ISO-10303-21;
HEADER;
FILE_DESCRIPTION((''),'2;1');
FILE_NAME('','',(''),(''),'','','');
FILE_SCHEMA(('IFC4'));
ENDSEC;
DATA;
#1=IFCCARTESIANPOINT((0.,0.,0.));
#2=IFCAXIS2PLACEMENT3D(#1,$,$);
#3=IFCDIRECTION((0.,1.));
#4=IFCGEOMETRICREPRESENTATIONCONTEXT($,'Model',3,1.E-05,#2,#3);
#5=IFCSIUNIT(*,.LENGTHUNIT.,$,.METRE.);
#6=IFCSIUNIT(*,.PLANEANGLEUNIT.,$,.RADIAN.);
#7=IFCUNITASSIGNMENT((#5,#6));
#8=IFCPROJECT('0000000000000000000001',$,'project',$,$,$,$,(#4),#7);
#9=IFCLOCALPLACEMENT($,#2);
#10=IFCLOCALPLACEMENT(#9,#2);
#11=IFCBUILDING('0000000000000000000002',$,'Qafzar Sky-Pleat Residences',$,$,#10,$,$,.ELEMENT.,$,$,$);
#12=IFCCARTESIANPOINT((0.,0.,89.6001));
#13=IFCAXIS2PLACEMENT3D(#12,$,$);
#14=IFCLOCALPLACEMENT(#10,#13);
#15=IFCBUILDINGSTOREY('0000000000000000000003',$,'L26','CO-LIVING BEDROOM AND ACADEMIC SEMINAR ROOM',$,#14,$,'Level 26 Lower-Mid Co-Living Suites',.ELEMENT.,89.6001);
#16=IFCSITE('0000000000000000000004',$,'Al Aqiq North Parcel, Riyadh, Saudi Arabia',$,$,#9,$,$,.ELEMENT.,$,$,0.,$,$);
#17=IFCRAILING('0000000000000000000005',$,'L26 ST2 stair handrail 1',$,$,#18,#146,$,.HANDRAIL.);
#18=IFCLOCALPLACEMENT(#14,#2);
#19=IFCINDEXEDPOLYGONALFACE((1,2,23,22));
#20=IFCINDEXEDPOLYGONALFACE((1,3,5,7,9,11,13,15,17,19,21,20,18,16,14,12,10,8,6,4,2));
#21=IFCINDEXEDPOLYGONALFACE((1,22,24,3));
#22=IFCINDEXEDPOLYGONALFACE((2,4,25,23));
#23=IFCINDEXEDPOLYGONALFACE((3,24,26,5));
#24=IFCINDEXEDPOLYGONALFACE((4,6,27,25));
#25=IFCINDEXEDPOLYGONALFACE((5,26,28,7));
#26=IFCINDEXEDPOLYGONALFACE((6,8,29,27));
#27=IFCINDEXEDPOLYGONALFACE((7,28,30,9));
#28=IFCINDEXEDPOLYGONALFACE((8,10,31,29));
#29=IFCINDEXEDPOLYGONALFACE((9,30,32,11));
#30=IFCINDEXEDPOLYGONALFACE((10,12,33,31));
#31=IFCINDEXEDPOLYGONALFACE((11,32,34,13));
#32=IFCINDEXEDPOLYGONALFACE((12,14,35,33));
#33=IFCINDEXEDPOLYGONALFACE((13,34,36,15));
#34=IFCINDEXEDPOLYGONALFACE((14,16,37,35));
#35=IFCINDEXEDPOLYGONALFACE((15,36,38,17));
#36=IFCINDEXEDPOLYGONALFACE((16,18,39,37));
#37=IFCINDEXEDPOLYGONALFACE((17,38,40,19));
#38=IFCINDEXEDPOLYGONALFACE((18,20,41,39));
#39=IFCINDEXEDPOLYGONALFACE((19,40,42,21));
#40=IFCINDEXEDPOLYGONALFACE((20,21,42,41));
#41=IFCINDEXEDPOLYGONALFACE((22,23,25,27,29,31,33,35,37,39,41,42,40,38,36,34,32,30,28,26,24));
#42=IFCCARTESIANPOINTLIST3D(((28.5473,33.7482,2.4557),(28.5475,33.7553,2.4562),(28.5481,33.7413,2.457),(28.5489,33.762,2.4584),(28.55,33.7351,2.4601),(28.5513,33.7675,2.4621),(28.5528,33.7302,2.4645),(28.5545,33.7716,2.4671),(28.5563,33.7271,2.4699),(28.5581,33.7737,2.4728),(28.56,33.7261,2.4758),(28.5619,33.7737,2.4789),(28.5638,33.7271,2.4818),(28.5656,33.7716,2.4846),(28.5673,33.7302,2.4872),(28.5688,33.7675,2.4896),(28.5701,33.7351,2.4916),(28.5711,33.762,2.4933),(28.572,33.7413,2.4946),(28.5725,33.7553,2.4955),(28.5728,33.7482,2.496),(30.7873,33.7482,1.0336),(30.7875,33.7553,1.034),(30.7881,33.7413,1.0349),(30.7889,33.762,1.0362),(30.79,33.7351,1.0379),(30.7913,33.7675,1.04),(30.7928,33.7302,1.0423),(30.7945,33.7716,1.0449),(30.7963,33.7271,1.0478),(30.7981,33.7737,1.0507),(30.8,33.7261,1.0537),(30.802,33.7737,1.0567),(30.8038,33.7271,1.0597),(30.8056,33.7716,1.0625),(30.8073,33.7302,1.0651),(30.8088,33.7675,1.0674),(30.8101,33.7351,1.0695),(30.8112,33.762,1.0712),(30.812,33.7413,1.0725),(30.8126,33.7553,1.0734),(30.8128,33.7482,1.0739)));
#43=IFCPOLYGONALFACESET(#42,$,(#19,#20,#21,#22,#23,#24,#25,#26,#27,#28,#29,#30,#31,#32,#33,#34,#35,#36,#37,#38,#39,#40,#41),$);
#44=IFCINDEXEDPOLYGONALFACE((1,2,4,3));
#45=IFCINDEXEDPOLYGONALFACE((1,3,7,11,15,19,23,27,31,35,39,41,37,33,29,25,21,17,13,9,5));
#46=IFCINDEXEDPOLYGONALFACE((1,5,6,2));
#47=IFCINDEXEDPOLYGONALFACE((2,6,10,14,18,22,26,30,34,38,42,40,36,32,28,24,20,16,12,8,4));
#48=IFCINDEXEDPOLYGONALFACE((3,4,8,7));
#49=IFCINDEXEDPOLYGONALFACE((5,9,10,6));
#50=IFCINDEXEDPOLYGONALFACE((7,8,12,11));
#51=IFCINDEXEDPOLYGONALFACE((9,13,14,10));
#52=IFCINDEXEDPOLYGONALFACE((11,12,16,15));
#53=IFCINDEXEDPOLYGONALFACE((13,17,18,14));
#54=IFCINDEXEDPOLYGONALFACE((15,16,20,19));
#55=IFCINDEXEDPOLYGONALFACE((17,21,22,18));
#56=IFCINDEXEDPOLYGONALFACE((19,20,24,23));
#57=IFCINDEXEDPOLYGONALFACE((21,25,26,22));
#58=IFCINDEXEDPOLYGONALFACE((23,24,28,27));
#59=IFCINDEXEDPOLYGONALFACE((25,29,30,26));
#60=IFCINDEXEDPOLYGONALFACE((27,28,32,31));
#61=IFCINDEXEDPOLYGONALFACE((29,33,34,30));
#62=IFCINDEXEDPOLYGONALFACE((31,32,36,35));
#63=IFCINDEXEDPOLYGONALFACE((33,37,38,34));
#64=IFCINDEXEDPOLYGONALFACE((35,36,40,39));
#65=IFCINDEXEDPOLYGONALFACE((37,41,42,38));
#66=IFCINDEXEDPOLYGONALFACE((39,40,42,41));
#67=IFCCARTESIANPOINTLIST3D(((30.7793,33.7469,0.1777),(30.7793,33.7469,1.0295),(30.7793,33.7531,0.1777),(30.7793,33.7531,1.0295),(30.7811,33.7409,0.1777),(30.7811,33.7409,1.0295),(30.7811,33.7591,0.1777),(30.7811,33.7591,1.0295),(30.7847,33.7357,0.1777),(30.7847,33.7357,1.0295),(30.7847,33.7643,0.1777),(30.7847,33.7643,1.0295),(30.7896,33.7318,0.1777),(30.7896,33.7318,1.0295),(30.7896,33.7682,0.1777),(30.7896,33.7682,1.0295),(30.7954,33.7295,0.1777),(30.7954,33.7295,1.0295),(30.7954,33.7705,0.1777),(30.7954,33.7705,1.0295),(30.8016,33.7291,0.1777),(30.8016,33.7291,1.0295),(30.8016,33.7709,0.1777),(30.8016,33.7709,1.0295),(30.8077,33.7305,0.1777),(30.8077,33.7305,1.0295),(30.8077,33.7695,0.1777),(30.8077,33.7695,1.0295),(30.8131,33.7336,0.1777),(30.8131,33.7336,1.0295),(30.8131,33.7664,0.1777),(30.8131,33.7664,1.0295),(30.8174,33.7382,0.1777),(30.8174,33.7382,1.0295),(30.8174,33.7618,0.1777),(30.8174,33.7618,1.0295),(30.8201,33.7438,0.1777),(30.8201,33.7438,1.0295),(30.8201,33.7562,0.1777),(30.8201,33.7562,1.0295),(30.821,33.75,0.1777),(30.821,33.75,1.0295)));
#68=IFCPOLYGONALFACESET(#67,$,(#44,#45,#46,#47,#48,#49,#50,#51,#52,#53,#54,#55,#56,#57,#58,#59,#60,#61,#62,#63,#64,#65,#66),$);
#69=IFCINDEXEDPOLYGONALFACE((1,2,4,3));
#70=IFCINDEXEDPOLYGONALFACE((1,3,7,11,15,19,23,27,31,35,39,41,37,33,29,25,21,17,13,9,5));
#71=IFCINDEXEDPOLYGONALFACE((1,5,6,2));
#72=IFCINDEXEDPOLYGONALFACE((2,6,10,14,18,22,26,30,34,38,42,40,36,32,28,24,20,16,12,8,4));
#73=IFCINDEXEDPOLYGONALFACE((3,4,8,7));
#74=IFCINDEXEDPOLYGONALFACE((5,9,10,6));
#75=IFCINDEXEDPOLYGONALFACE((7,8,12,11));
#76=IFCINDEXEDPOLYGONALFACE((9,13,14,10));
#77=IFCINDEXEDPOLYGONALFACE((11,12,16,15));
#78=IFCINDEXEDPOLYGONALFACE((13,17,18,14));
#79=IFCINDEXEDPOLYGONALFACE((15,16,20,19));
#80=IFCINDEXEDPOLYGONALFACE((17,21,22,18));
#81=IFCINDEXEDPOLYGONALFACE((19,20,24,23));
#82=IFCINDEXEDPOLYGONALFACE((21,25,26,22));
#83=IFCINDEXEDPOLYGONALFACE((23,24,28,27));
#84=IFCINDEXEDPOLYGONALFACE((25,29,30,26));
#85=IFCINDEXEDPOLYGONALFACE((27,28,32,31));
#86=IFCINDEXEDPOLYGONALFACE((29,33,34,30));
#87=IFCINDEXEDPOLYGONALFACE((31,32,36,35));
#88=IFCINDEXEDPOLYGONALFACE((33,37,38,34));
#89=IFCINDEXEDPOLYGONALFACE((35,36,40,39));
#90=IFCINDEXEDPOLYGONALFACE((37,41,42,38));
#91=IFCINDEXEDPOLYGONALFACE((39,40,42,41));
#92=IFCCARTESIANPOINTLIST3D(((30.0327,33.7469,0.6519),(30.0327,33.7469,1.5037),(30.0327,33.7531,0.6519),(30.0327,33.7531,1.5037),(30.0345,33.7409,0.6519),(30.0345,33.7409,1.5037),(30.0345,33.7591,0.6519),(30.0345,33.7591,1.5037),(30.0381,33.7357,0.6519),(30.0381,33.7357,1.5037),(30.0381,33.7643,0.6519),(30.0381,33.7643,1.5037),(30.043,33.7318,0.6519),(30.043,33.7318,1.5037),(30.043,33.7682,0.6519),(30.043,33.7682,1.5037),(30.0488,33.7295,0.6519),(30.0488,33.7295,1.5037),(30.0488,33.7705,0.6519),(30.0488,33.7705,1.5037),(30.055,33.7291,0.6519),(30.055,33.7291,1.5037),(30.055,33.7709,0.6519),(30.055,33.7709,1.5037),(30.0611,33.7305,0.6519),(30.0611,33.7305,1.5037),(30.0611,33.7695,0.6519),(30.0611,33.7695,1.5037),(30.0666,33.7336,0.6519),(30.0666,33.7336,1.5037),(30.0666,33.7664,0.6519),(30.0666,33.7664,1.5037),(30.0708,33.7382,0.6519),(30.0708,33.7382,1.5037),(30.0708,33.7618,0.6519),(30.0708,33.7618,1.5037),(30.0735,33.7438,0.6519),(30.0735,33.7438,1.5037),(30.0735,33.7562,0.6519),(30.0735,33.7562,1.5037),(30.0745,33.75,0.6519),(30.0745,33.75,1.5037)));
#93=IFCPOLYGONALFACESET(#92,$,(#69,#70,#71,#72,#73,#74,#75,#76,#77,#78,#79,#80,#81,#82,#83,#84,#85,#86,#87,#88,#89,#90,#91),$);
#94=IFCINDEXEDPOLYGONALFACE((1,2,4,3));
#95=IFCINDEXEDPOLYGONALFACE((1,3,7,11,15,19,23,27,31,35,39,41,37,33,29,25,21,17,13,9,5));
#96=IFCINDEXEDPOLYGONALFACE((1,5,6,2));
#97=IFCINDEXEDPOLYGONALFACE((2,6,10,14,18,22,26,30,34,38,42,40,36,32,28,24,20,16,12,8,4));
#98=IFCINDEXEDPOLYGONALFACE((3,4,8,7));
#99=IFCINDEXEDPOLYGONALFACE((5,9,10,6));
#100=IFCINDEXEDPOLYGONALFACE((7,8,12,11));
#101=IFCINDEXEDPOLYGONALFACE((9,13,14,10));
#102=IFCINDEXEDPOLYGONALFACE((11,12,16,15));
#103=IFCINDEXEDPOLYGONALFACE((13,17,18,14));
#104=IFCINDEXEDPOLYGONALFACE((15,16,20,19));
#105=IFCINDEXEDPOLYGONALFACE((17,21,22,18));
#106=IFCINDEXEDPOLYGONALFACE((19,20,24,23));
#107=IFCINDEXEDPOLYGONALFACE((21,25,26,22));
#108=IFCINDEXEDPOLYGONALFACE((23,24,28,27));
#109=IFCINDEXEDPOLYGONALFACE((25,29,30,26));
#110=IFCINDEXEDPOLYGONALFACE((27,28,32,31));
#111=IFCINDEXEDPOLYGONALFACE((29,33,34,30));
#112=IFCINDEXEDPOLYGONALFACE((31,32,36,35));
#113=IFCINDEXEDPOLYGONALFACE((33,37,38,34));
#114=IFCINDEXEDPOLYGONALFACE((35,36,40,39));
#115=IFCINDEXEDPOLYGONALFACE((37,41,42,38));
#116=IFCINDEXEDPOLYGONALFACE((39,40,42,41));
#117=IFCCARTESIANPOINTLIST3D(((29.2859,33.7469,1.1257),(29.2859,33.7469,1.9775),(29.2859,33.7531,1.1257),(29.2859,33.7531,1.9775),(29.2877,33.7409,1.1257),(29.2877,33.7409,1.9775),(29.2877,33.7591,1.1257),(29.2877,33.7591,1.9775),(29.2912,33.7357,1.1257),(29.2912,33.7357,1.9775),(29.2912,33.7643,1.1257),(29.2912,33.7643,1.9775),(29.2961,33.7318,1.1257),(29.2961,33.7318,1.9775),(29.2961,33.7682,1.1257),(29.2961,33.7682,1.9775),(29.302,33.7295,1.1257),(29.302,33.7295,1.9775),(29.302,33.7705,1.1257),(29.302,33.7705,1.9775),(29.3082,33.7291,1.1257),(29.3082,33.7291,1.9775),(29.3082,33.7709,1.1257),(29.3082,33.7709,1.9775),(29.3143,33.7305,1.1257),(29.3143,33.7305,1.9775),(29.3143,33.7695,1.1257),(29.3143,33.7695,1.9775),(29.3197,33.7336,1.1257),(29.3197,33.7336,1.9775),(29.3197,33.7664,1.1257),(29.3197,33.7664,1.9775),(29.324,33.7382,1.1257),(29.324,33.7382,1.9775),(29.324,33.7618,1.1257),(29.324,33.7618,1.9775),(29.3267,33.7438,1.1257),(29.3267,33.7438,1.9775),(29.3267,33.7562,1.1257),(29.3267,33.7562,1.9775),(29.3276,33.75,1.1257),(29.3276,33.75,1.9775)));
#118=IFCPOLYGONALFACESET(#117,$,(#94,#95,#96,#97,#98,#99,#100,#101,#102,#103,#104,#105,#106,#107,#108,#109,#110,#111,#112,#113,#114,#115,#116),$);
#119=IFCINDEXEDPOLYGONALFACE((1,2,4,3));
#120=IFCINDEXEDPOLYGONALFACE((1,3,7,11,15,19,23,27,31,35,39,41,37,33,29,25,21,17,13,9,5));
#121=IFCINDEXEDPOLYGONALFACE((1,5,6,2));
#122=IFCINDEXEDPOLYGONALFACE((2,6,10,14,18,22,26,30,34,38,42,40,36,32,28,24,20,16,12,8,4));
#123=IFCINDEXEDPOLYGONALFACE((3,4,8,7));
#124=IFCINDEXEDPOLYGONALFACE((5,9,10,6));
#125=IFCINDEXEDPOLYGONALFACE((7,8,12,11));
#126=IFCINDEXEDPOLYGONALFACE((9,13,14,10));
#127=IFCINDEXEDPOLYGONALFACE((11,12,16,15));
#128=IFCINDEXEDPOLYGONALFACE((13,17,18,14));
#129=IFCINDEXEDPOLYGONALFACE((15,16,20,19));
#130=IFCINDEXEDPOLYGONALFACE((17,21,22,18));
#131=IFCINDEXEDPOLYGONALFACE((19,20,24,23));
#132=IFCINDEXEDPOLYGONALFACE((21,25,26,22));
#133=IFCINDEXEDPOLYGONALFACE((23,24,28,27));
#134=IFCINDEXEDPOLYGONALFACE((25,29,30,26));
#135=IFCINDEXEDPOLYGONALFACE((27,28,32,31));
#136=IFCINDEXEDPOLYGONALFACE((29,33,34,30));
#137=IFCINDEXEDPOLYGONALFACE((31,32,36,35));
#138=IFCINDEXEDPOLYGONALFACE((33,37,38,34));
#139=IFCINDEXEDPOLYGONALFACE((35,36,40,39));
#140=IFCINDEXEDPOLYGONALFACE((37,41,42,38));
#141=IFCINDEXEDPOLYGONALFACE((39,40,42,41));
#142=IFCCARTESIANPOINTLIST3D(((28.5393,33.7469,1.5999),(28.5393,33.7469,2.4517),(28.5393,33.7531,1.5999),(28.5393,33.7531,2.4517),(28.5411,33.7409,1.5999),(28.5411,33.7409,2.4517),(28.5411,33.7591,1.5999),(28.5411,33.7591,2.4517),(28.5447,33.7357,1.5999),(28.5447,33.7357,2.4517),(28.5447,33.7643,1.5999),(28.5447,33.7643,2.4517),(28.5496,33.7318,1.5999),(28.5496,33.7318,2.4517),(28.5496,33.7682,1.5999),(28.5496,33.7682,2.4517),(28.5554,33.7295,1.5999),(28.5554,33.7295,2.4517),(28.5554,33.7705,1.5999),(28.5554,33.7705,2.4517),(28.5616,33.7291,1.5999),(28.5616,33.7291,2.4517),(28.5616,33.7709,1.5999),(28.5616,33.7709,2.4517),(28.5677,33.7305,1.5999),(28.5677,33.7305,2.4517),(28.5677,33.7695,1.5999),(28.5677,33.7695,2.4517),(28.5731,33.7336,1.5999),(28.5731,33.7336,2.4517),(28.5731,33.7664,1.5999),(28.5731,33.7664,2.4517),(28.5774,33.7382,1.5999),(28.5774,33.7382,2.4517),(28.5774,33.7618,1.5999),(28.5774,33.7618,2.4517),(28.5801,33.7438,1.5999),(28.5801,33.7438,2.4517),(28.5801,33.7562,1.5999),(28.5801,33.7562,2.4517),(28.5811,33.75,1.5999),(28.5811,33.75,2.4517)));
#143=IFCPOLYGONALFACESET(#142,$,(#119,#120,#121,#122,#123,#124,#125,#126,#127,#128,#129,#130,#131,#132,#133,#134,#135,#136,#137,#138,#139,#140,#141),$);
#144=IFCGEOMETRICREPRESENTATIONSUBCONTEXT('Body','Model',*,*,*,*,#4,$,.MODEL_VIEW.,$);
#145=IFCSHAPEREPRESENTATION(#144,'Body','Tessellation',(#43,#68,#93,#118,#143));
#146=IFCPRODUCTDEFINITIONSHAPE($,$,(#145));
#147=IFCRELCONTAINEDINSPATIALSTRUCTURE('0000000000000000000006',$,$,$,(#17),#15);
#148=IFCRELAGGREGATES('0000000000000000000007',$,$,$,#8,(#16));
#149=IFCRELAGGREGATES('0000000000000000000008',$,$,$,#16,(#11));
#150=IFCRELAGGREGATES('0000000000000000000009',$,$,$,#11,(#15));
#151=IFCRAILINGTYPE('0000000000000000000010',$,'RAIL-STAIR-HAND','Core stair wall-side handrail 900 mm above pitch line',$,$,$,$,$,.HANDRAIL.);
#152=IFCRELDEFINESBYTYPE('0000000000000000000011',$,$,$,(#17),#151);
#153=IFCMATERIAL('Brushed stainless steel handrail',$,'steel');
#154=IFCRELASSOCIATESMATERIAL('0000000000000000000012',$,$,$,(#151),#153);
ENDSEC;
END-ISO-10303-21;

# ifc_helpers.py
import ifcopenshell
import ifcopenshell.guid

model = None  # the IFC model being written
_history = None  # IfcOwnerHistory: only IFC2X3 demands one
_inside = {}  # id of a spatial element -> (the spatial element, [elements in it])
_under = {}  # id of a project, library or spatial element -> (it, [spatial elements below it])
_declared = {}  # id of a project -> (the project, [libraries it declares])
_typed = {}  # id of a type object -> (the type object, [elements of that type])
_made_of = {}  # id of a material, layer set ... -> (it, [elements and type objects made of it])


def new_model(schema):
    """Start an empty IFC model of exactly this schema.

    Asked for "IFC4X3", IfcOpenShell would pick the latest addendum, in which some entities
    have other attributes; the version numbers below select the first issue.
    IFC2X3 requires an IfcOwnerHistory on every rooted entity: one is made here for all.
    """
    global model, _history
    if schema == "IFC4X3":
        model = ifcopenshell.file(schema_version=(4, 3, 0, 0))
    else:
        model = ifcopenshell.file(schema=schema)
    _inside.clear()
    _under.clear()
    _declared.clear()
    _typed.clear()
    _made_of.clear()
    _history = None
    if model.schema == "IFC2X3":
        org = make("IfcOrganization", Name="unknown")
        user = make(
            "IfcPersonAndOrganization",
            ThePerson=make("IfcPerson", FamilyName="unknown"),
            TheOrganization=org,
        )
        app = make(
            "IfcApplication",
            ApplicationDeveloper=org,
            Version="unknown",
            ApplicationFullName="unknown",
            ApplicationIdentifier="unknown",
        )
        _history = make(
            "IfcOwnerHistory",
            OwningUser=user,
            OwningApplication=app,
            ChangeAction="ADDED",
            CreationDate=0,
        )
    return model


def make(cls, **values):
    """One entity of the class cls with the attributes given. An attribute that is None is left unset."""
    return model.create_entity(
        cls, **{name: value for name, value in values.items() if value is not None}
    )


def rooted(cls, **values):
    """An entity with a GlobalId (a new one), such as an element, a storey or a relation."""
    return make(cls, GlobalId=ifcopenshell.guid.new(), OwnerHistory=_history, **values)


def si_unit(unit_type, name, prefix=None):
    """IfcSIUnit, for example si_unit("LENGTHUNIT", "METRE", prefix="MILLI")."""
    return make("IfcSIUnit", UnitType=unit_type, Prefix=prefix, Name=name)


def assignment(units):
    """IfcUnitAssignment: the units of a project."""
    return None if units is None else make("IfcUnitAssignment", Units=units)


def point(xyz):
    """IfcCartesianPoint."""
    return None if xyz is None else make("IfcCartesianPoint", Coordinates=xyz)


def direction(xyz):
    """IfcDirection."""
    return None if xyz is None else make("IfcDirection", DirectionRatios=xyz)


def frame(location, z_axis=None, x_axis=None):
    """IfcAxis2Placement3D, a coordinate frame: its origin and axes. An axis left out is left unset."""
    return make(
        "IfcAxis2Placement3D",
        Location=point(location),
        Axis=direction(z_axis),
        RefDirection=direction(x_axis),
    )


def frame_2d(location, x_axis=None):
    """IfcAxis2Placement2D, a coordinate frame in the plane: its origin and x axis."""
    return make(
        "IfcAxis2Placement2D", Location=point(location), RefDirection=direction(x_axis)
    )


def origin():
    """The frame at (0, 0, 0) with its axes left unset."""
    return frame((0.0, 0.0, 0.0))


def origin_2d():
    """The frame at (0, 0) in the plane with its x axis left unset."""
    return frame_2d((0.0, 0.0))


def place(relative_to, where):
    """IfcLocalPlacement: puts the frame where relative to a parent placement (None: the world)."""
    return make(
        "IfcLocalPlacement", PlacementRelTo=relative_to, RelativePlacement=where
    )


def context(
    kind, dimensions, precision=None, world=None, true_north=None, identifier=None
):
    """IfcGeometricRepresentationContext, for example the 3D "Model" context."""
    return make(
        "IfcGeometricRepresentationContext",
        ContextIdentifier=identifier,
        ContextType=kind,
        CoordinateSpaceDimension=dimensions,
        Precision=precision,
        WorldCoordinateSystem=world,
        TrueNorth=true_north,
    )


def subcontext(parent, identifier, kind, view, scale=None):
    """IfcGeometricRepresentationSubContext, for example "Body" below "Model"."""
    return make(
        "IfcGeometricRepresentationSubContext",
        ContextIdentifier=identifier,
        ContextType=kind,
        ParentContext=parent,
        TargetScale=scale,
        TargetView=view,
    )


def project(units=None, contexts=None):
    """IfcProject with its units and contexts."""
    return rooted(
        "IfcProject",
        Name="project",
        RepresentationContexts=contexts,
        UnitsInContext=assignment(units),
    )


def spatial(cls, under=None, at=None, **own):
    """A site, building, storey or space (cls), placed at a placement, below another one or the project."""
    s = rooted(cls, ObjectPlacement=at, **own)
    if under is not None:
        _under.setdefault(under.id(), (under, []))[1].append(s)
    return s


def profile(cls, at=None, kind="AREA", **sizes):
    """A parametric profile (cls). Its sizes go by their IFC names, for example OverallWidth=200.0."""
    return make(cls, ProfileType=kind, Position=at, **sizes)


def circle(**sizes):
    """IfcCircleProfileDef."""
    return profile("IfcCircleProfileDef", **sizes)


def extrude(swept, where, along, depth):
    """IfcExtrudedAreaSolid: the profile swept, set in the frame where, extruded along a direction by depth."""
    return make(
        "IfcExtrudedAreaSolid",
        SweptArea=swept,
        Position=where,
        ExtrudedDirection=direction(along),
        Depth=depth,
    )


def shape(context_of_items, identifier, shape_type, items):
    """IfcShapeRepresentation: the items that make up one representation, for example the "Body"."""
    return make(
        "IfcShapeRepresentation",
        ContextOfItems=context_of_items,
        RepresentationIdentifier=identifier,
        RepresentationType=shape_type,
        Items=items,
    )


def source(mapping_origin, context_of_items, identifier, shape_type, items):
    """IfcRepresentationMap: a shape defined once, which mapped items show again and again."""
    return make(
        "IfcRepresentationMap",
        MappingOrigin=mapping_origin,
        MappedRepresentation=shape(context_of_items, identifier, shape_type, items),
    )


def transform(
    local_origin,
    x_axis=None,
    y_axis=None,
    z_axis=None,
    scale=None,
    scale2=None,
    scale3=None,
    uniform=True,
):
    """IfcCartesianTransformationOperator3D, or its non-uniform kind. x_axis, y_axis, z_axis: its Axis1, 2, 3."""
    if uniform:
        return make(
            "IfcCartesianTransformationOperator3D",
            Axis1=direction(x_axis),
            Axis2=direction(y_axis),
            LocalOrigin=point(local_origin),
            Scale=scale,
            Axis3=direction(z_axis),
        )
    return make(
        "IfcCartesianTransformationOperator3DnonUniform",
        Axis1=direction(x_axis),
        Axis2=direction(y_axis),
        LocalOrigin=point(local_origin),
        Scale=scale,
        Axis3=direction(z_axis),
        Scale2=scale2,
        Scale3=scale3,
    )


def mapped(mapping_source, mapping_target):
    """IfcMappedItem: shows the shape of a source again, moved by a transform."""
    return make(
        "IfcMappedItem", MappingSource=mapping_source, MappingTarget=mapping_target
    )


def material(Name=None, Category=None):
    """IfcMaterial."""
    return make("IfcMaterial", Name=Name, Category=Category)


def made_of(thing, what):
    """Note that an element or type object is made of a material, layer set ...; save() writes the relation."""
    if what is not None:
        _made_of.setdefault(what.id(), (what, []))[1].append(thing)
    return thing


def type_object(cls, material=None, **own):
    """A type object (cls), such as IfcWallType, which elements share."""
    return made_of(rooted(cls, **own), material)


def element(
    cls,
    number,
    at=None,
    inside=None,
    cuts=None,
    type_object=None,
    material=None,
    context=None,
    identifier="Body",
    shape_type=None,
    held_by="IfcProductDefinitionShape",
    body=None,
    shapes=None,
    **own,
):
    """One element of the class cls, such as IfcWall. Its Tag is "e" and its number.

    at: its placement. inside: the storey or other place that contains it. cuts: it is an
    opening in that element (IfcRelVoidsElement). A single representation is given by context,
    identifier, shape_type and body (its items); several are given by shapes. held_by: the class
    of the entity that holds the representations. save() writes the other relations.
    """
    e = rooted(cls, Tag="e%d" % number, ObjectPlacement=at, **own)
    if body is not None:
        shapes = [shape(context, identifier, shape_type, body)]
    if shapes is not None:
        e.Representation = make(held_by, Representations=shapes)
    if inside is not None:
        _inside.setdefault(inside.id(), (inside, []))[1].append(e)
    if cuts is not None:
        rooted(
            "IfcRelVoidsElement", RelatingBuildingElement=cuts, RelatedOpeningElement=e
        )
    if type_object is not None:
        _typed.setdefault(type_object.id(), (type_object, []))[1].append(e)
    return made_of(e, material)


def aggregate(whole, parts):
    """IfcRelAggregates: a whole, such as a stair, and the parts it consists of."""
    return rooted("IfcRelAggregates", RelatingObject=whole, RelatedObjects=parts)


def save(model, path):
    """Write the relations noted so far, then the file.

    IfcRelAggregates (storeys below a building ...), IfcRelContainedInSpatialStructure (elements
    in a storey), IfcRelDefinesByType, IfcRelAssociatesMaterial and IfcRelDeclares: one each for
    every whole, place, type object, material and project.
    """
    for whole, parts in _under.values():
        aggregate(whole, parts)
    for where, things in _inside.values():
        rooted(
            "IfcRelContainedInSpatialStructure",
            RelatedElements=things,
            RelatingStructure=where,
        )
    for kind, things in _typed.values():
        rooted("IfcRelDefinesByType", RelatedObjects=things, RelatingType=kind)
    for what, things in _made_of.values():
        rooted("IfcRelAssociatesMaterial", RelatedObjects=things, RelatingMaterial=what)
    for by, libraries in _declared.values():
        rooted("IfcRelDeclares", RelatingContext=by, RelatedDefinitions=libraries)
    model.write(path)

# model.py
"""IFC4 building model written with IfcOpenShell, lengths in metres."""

from ifc_helpers import new_model, si_unit, direction, frame, origin, origin_2d, place, context, subcontext, project, spatial, circle, extrude, source, transform, mapped, material, type_object, element, save


model = new_model("IFC4")

# Units and contexts
model_context = context("Model", 3, precision=1e-05, world=origin(), true_north=direction((0.0, 1.0)))
body_context = subcontext(model_context, "Body", "Model", "MODEL_VIEW")
ifc_project = project(units=[si_unit("LENGTHUNIT", "METRE"), si_unit("PLANEANGLEUNIT", "RADIAN")], contexts=[model_context])

# Site, building, storey
site_placement = place(None, origin())
site = spatial("IfcSite", under=ifc_project, at=site_placement, Name="Al Aqiq North Parcel, Riyadh, Saudi Arabia", CompositionType="ELEMENT", RefElevation=0.0)
building_placement = place(site_placement, origin())
building = spatial("IfcBuilding", under=site, at=building_placement, Name="Qafzar Sky-Pleat Residences", CompositionType="ELEMENT")
storey_placement = place(building_placement, frame((0.0, 0.0, 89.6001)))
storey = spatial("IfcBuildingStorey", under=building, at=storey_placement, Name="L26", Description="CO-LIVING BEDROOM AND ACADEMIC SEMINAR ROOM", LongName="Level 26 Lower-Mid Co-Living Suites", CompositionType="ELEMENT", Elevation=89.6001)

# Railing
ifc_material_1 = material(Name="Brushed stainless steel handrail", Category="steel")
railing_type_1 = type_object("IfcRailingType", Name="RAIL-STAIR-HAND", Description="Core stair wall-side handrail 900 mm above pitch line", PredefinedType="HANDRAIL", material=ifc_material_1)
shared_shape_1 = source(origin(), body_context, "Body", "SweptSolid", [
    extrude(circle(Radius=0.0239, at=origin_2d()), frame((0.0, 0.0, 0.876), z_axis=(-0.844229, 0.0, 0.535982), x_axis=(0.0, -1.0, 0.0)), (0.0, 0.0, 1.0), 2.6533),
    extrude(circle(Radius=0.021, at=origin_2d()), origin(), (0.0, 0.0, 1.0), 0.8518),
    extrude(circle(Radius=0.021, at=origin_2d()), frame((-0.7466, 0.0, 0.4741)), (0.0, 0.0, 1.0), 0.8518),
    extrude(circle(Radius=0.021, at=origin_2d()), frame((-1.4934, 0.0, 0.948)), (0.0, 0.0, 1.0), 0.8518),
    extrude(circle(Radius=0.021, at=origin_2d()), frame((-2.24, 0.0, 1.4221)), (0.0, 0.0, 1.0), 0.8518),
])
railing_1_placement = place(storey_placement, frame((30.8, 33.75, 0.1777)))
element("IfcRailing", 1, at=railing_1_placement, inside=storey, type_object=railing_type_1, Name="L26 ST2 stair handrail 1", PredefinedType="HANDRAIL", context=body_context, shape_type="MappedRepresentation", body=[
    mapped(shared_shape_1, transform((0.0, 0.0, 0.0), x_axis=(1.0, 0.0, 0.0), y_axis=(0.0, 1.0, 0.0), z_axis=(0.0, 0.0, 1.0), scale=1.0)),
])

save(model, "model.ifc")
